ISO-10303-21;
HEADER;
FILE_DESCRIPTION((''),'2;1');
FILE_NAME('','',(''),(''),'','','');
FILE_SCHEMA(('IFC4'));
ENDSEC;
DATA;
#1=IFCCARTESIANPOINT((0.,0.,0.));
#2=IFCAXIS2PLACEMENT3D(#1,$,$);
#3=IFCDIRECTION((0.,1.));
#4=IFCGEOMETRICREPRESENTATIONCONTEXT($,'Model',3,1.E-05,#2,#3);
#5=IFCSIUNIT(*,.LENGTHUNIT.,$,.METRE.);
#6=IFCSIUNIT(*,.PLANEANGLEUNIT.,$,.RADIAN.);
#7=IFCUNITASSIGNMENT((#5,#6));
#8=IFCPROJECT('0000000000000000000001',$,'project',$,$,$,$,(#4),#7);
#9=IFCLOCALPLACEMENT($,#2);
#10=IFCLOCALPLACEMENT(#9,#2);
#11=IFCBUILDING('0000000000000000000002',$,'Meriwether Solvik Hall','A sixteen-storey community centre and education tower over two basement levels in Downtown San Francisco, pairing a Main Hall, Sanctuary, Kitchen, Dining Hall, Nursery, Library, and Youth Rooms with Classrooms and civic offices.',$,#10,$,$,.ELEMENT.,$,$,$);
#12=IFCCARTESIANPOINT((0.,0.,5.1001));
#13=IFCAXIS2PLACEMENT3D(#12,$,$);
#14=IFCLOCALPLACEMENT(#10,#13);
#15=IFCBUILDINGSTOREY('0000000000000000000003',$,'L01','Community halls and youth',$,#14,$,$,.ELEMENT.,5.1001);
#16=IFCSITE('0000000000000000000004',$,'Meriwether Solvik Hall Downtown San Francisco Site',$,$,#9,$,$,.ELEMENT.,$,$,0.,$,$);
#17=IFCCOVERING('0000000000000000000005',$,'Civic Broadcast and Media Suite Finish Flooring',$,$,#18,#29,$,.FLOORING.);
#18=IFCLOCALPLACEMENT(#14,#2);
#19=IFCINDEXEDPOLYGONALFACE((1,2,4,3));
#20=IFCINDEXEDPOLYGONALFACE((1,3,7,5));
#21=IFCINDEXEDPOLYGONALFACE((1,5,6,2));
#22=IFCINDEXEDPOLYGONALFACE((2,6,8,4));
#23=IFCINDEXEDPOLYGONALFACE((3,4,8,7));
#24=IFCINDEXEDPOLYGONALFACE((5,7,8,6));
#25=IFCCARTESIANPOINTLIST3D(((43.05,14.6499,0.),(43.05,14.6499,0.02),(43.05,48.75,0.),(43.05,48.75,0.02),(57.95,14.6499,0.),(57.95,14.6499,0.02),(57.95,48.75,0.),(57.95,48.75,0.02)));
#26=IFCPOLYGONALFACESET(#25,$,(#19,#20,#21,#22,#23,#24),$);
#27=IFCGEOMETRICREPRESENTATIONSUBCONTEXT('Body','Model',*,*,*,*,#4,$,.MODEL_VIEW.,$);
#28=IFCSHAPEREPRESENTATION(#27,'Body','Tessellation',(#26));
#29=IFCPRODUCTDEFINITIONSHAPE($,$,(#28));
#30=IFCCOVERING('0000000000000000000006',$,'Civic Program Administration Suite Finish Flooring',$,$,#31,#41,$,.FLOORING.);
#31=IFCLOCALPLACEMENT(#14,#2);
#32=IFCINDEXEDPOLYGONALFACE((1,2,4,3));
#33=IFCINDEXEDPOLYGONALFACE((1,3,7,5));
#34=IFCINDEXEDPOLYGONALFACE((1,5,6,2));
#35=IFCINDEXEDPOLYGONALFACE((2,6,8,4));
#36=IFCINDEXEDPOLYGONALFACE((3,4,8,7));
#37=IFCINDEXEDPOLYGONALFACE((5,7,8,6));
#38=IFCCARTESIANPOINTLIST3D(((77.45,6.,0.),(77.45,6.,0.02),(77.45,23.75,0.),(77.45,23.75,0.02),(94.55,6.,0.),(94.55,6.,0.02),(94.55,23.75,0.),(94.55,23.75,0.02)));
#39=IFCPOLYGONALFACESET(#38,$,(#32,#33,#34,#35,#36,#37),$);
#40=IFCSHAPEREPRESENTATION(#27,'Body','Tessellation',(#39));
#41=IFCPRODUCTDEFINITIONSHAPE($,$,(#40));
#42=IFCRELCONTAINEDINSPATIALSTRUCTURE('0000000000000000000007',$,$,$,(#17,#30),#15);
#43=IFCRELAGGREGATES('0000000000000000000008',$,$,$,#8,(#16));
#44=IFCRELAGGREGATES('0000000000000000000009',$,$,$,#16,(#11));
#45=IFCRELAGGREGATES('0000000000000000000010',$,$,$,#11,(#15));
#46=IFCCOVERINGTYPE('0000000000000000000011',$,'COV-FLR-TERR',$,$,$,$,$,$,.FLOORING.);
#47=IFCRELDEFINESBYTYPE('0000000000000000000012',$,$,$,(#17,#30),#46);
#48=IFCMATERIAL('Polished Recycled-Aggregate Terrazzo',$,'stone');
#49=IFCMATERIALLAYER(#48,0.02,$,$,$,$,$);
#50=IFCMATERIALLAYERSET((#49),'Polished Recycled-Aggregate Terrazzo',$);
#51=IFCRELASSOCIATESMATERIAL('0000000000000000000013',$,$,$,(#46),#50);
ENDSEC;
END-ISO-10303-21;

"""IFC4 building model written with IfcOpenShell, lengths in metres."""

from ifc_helpers import new_model, si_unit, direction, frame, origin, place, context, subcontext, project, spatial, polyline, outline, extrude, material, layer, layer_set, type_object, element, save


model = new_model("IFC4")

# Units and contexts
model_context = context("Model", 3, precision=1e-05, world=origin(), true_north=direction((0.0, 1.0)))
body_context = subcontext(model_context, "Body", "Model", "MODEL_VIEW")
ifc_project = project(units=[si_unit("LENGTHUNIT", "METRE"), si_unit("PLANEANGLEUNIT", "RADIAN")], contexts=[model_context])

# Site, building, storey
site_placement = place(None, origin())
site = spatial("IfcSite", under=ifc_project, at=site_placement, Name="Meriwether Solvik Hall Downtown San Francisco Site", CompositionType="ELEMENT", RefElevation=0.0)
building_placement = place(site_placement, origin())
building = spatial("IfcBuilding", under=site, at=building_placement, Name="Meriwether Solvik Hall", Description="A sixteen-storey community centre and education tower over two basement levels in Downtown San Francisco, pairing a Main Hall, Sanctuary, Kitchen, Dining Hall, Nursery, Library, and Youth Rooms with Classrooms and civic offices.", CompositionType="ELEMENT")
storey_placement = place(building_placement, frame((0.0, 0.0, 5.1001)))
storey = spatial("IfcBuildingStorey", under=building, at=storey_placement, Name="L01", Description="Community halls and youth", CompositionType="ELEMENT", Elevation=5.1001)

# Coverings
ifc_material_1 = material(Name="Polished Recycled-Aggregate Terrazzo", Category="stone")
ifc_layer_1 = layer(ifc_material_1, 0.02)
ifc_layer_set_1 = layer_set([ifc_layer_1], Name="Polished Recycled-Aggregate Terrazzo")
covering_type_1 = type_object("IfcCoveringType", Name="COV-FLR-TERR", PredefinedType="FLOORING", material=ifc_layer_set_1)
covering_1_placement = place(storey_placement, origin())
element("IfcCovering", 1, at=covering_1_placement, inside=storey, type_object=covering_type_1, Name="Civic Broadcast and Media Suite Finish Flooring", PredefinedType="FLOORING", context=body_context, shape_type="SweptSolid", body=[
    extrude(outline(polyline([(57.95, 48.75), (57.95, 14.6499), (43.05, 14.6499), (43.05, 48.75), (57.95, 48.75)])), origin(), (0.0, 0.0, 1.0), 0.02),
])
covering_2_placement = place(storey_placement, origin())
element("IfcCovering", 2, at=covering_2_placement, inside=storey, type_object=covering_type_1, Name="Civic Program Administration Suite Finish Flooring", PredefinedType="FLOORING", context=body_context, shape_type="SweptSolid", body=[
    extrude(outline(polyline([(94.55, 23.75), (94.55, 6.0), (77.45, 6.0), (77.45, 23.75), (94.55, 23.75)])), origin(), (0.0, 0.0, 1.0), 0.02),
])

save(model, "model.ifc")
